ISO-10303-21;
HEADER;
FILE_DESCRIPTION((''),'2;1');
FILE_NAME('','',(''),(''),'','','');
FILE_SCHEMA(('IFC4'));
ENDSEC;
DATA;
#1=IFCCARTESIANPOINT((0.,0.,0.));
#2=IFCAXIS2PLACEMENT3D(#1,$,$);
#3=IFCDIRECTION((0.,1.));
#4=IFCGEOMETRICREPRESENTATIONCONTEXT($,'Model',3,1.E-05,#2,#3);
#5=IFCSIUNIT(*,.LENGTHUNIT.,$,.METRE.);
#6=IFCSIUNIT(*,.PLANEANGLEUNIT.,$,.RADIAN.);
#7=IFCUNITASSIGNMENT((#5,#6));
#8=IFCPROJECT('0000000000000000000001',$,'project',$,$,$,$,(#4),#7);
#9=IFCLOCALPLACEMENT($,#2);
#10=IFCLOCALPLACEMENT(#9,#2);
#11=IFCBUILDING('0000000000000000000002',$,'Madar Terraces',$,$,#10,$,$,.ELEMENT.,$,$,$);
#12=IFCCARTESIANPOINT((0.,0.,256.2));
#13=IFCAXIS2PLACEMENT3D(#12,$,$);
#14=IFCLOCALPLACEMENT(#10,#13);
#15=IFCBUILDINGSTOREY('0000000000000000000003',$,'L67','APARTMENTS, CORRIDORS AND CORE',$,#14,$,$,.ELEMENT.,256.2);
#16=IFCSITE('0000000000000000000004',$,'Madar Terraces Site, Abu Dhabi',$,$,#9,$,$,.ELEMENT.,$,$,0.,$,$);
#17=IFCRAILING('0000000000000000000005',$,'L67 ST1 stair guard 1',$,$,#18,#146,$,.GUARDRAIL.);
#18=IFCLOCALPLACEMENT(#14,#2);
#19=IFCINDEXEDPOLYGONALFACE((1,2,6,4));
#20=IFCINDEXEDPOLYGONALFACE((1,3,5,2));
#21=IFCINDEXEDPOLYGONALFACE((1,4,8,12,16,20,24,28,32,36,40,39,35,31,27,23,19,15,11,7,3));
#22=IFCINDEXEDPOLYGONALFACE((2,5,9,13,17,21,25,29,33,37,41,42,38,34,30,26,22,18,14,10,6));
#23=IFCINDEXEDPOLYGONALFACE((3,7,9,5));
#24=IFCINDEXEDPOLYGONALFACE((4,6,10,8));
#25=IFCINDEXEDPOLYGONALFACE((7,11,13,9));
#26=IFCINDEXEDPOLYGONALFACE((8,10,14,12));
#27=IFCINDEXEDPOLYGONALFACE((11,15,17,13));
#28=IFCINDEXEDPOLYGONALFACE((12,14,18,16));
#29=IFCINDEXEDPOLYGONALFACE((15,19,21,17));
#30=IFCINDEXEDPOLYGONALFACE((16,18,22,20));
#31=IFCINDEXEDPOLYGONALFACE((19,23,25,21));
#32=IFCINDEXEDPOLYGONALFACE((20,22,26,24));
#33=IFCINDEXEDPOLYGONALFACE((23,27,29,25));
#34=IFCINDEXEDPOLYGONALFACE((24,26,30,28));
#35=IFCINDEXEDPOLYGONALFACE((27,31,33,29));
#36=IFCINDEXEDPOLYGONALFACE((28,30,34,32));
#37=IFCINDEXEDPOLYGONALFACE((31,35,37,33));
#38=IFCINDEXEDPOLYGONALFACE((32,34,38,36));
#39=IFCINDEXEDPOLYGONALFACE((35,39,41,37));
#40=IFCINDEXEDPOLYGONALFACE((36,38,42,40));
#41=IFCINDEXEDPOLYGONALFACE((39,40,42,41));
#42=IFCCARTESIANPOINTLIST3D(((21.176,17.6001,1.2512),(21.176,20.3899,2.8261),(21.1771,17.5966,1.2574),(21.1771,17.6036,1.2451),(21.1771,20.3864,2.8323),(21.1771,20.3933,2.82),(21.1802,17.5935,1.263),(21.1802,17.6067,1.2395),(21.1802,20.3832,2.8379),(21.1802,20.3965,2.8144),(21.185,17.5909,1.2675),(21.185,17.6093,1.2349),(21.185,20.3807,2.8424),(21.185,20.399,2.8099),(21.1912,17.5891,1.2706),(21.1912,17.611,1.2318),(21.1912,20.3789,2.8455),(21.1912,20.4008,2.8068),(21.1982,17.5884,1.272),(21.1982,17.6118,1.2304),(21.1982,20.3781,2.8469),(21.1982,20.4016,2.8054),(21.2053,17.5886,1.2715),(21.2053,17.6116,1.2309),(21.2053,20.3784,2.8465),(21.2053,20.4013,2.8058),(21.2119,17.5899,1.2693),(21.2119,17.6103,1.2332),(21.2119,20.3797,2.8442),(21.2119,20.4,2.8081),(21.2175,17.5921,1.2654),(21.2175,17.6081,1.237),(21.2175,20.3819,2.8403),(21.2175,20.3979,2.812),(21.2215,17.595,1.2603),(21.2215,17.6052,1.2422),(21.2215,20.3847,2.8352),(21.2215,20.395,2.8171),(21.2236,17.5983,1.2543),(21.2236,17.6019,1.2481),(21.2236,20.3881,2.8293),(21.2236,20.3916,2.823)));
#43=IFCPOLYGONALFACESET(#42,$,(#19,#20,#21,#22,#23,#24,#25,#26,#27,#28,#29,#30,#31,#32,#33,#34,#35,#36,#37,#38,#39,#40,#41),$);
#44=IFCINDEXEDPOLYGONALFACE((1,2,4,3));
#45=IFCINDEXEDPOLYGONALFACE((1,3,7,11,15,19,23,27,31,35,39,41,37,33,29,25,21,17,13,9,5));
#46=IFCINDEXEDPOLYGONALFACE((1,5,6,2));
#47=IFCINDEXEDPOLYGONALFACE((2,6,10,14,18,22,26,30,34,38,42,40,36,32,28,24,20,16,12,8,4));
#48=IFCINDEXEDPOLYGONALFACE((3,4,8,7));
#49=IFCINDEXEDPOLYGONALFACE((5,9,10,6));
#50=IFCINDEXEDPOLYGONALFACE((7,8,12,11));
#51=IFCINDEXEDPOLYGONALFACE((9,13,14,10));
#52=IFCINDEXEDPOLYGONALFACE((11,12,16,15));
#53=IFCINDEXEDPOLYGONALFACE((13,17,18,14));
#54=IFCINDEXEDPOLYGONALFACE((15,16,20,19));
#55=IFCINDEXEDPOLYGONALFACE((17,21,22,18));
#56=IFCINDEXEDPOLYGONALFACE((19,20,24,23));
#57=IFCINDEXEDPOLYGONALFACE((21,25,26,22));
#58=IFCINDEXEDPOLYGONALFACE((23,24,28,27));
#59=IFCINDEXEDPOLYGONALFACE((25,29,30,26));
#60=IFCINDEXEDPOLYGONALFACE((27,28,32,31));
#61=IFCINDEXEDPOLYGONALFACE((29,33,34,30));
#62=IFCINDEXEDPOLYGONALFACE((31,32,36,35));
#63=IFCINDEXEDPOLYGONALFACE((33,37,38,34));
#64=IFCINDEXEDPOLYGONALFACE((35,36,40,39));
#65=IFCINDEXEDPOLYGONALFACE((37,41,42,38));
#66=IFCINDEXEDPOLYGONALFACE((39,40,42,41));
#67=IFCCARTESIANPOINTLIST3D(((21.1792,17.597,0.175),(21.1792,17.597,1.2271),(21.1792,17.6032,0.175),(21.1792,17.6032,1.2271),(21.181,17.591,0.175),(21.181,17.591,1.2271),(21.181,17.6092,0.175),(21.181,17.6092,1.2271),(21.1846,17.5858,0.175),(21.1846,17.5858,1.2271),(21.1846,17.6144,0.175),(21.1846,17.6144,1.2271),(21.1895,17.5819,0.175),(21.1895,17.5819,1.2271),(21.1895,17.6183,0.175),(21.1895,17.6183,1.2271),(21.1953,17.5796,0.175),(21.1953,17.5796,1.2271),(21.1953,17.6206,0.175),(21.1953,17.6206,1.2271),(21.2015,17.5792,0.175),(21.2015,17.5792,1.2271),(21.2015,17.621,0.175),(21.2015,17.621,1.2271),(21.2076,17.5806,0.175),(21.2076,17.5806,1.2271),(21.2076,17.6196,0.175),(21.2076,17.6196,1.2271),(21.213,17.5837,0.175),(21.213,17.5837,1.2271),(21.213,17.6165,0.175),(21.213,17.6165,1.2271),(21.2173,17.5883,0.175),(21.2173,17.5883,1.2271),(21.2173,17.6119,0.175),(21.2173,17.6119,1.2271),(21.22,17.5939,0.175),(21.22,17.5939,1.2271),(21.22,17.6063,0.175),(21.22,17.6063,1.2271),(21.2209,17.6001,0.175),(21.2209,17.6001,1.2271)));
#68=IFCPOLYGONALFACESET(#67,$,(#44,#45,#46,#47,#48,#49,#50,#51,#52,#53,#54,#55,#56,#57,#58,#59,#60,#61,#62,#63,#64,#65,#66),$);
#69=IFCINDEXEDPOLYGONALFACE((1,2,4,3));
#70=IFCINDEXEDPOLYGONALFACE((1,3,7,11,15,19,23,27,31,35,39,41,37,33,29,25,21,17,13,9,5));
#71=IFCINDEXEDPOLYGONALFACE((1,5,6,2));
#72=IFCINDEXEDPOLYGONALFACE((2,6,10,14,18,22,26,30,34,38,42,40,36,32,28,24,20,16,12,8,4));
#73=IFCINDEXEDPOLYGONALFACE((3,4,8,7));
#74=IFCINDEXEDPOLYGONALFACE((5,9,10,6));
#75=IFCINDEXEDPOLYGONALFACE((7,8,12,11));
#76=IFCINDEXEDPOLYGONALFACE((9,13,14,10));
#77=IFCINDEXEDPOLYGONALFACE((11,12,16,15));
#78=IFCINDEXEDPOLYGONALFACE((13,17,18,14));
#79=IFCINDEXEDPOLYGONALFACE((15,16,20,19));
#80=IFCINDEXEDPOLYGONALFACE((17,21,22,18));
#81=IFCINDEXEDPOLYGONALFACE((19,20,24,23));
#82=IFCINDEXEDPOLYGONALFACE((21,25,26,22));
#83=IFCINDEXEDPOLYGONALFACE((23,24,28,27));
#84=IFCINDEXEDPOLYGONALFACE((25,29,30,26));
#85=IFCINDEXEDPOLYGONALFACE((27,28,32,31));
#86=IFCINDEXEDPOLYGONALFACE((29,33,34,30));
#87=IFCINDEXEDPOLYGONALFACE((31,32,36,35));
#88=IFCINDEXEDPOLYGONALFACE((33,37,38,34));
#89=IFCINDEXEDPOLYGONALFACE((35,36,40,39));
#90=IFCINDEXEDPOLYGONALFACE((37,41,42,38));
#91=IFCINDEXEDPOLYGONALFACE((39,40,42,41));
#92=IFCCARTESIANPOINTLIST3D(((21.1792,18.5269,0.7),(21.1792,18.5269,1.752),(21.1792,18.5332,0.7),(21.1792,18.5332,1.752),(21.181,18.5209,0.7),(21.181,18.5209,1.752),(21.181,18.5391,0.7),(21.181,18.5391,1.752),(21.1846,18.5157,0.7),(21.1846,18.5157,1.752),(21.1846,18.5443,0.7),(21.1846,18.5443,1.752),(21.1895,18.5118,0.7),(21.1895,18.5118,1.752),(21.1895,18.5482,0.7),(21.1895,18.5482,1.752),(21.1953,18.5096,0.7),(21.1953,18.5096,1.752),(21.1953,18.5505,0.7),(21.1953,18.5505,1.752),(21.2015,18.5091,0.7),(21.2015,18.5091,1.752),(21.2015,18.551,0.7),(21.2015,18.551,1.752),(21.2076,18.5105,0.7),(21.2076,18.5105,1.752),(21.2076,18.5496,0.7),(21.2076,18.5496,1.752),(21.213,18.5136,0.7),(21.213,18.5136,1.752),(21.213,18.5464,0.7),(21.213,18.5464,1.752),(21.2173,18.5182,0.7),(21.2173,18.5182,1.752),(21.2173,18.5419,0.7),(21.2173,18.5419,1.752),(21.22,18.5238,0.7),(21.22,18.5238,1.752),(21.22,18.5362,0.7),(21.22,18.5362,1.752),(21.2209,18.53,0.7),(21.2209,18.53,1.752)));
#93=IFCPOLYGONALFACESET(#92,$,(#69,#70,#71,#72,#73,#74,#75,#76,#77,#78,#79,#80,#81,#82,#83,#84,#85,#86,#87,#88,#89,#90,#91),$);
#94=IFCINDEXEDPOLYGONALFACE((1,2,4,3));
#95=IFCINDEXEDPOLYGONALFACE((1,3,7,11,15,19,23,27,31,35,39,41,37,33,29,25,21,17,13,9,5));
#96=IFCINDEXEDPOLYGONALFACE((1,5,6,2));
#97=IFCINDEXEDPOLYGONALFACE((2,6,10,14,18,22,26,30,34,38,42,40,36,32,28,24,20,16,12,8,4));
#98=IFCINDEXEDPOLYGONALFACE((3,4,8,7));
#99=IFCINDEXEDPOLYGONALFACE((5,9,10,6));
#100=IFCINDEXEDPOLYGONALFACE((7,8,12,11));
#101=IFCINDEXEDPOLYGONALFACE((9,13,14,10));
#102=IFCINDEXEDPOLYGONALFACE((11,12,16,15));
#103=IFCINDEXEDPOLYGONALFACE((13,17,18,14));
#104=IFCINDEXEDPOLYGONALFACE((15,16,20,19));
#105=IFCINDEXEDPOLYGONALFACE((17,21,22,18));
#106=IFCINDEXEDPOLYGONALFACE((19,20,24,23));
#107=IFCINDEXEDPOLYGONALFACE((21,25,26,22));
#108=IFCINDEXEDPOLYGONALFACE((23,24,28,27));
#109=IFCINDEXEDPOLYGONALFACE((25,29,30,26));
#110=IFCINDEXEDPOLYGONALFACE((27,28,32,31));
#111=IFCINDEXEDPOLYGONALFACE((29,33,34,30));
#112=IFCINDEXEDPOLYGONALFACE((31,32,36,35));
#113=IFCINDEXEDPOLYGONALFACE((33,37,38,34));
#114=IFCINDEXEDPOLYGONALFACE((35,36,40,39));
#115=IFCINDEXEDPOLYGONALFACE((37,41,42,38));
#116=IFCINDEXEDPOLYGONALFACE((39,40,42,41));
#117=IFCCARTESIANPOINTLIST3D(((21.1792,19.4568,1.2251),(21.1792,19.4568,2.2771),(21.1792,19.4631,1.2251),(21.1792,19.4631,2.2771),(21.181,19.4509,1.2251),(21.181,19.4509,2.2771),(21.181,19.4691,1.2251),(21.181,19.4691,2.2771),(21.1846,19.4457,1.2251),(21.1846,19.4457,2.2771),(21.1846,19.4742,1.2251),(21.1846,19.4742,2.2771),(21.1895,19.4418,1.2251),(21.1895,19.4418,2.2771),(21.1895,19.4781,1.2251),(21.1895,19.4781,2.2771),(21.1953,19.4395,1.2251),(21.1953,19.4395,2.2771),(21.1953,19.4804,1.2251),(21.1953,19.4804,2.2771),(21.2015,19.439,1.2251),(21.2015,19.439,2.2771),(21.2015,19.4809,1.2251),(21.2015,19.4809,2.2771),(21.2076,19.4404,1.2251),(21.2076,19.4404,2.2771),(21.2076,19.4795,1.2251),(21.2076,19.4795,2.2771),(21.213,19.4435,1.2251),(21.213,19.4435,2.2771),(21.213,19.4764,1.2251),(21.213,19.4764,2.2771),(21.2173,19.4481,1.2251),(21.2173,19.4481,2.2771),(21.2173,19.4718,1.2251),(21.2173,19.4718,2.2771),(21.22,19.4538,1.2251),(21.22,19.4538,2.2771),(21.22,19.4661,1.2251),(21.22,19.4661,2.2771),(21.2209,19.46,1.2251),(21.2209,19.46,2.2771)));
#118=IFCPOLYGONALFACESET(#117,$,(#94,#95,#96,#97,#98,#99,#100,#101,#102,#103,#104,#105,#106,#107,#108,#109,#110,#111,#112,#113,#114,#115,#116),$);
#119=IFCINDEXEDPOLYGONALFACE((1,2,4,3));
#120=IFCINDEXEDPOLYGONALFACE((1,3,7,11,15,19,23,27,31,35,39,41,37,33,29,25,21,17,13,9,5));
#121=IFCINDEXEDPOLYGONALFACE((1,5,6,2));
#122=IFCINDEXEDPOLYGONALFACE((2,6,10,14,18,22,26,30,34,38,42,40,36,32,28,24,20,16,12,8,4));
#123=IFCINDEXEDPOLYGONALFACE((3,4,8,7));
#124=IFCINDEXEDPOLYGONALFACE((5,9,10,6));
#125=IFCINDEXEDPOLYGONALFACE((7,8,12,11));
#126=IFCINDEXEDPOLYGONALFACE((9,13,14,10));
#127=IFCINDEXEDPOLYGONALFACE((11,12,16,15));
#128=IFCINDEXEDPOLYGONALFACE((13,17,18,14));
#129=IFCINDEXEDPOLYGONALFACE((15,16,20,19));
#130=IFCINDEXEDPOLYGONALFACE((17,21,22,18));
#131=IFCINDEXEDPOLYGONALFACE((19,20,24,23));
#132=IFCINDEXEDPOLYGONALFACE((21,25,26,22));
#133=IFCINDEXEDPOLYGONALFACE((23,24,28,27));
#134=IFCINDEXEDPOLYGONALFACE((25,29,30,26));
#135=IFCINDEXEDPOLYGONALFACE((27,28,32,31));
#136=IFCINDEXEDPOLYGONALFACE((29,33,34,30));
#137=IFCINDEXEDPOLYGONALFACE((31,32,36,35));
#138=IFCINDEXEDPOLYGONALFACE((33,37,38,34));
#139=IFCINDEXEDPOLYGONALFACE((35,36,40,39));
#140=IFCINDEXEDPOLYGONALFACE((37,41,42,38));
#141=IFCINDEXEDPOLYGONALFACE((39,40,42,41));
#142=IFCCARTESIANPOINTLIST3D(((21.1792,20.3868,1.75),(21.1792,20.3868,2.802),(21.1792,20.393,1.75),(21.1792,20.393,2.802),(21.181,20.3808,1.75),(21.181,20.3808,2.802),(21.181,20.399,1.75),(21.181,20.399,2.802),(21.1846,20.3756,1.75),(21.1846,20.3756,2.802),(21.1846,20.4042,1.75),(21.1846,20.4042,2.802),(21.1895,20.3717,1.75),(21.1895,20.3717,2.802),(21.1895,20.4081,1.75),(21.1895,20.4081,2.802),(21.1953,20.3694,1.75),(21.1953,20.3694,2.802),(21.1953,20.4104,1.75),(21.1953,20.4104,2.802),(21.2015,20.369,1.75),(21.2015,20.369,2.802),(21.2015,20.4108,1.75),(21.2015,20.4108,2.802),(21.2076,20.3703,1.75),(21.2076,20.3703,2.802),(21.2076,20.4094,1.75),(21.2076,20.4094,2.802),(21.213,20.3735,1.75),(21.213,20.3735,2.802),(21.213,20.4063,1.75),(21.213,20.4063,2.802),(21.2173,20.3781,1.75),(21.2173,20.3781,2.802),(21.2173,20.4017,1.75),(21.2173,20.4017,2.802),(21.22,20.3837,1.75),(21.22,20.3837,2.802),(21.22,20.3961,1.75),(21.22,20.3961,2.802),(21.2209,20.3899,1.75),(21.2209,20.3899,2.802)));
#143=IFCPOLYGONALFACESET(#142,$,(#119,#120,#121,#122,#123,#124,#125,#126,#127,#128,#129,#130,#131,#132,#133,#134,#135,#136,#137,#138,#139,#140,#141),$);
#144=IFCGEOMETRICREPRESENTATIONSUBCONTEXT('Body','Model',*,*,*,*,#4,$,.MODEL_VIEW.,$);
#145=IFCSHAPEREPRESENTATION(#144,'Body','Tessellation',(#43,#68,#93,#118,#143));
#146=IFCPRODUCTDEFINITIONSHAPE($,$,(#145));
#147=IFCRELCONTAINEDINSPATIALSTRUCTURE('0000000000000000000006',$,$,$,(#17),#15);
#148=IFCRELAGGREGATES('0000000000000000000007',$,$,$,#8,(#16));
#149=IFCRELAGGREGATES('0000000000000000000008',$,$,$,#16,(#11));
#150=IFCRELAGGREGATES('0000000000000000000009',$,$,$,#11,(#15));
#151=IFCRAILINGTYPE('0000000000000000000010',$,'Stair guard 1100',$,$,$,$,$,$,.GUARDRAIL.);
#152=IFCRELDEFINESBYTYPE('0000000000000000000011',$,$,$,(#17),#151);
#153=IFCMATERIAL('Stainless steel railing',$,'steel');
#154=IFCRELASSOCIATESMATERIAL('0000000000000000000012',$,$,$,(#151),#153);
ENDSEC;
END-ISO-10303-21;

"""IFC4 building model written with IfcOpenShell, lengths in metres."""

from ifc_helpers import new_model, si_unit, direction, frame, origin, origin_2d, place, context, subcontext, project, spatial, circle, extrude, material, type_object, element, save


model = new_model("IFC4")

# Units and contexts
model_context = context("Model", 3, precision=1e-05, world=origin(), true_north=direction((0.0, 1.0)))
body_context = subcontext(model_context, "Body", "Model", "MODEL_VIEW")
ifc_project = project(units=[si_unit("LENGTHUNIT", "METRE"), si_unit("PLANEANGLEUNIT", "RADIAN")], contexts=[model_context])

# Site, building, storey
site_placement = place(None, origin())
site = spatial("IfcSite", under=ifc_project, at=site_placement, Name="Madar Terraces Site, Abu Dhabi", CompositionType="ELEMENT", RefElevation=0.0)
building_placement = place(site_placement, origin())
building = spatial("IfcBuilding", under=site, at=building_placement, Name="Madar Terraces", CompositionType="ELEMENT")
storey_placement = place(building_placement, frame((0.0, 0.0, 256.2)))
storey = spatial("IfcBuildingStorey", under=building, at=storey_placement, Name="L67", Description="APARTMENTS, CORRIDORS AND CORE", CompositionType="ELEMENT", Elevation=256.2)

# Railing
ifc_material_1 = material(Name="Stainless steel railing", Category="steel")
railing_type_1 = type_object("IfcRailingType", Name="Stair guard 1100", PredefinedType="GUARDRAIL", material=ifc_material_1)
railing_1_placement = place(storey_placement, frame((21.2, 17.6001, 0.175)))
element("IfcRailing", 1, at=railing_1_placement, inside=storey, type_object=railing_type_1, Name="L67 ST1 stair guard 1", PredefinedType="GUARDRAIL", context=body_context, shape_type="SweptSolid", body=[
    extrude(circle(Radius=0.0239, at=origin_2d()), frame((0.0, 0.0, 1.0762), z_axis=(0.0, 0.870815, 0.49161), x_axis=(-1.0, 0.0, 0.0)), (0.0, 0.0, 1.0), 3.2036),
    extrude(circle(Radius=0.021, at=origin_2d()), origin(), (0.0, 0.0, 1.0), 1.052),
    extrude(circle(Radius=0.021, at=origin_2d()), frame((0.0, 0.9299, 0.5249)), (0.0, 0.0, 1.0), 1.052),
    extrude(circle(Radius=0.021, at=origin_2d()), frame((0.0, 1.8599, 1.05)), (0.0, 0.0, 1.0), 1.052),
    extrude(circle(Radius=0.021, at=origin_2d()), frame((0.0, 2.7898, 1.575)), (0.0, 0.0, 1.0), 1.052),
])

save(model, "model.ifc")
